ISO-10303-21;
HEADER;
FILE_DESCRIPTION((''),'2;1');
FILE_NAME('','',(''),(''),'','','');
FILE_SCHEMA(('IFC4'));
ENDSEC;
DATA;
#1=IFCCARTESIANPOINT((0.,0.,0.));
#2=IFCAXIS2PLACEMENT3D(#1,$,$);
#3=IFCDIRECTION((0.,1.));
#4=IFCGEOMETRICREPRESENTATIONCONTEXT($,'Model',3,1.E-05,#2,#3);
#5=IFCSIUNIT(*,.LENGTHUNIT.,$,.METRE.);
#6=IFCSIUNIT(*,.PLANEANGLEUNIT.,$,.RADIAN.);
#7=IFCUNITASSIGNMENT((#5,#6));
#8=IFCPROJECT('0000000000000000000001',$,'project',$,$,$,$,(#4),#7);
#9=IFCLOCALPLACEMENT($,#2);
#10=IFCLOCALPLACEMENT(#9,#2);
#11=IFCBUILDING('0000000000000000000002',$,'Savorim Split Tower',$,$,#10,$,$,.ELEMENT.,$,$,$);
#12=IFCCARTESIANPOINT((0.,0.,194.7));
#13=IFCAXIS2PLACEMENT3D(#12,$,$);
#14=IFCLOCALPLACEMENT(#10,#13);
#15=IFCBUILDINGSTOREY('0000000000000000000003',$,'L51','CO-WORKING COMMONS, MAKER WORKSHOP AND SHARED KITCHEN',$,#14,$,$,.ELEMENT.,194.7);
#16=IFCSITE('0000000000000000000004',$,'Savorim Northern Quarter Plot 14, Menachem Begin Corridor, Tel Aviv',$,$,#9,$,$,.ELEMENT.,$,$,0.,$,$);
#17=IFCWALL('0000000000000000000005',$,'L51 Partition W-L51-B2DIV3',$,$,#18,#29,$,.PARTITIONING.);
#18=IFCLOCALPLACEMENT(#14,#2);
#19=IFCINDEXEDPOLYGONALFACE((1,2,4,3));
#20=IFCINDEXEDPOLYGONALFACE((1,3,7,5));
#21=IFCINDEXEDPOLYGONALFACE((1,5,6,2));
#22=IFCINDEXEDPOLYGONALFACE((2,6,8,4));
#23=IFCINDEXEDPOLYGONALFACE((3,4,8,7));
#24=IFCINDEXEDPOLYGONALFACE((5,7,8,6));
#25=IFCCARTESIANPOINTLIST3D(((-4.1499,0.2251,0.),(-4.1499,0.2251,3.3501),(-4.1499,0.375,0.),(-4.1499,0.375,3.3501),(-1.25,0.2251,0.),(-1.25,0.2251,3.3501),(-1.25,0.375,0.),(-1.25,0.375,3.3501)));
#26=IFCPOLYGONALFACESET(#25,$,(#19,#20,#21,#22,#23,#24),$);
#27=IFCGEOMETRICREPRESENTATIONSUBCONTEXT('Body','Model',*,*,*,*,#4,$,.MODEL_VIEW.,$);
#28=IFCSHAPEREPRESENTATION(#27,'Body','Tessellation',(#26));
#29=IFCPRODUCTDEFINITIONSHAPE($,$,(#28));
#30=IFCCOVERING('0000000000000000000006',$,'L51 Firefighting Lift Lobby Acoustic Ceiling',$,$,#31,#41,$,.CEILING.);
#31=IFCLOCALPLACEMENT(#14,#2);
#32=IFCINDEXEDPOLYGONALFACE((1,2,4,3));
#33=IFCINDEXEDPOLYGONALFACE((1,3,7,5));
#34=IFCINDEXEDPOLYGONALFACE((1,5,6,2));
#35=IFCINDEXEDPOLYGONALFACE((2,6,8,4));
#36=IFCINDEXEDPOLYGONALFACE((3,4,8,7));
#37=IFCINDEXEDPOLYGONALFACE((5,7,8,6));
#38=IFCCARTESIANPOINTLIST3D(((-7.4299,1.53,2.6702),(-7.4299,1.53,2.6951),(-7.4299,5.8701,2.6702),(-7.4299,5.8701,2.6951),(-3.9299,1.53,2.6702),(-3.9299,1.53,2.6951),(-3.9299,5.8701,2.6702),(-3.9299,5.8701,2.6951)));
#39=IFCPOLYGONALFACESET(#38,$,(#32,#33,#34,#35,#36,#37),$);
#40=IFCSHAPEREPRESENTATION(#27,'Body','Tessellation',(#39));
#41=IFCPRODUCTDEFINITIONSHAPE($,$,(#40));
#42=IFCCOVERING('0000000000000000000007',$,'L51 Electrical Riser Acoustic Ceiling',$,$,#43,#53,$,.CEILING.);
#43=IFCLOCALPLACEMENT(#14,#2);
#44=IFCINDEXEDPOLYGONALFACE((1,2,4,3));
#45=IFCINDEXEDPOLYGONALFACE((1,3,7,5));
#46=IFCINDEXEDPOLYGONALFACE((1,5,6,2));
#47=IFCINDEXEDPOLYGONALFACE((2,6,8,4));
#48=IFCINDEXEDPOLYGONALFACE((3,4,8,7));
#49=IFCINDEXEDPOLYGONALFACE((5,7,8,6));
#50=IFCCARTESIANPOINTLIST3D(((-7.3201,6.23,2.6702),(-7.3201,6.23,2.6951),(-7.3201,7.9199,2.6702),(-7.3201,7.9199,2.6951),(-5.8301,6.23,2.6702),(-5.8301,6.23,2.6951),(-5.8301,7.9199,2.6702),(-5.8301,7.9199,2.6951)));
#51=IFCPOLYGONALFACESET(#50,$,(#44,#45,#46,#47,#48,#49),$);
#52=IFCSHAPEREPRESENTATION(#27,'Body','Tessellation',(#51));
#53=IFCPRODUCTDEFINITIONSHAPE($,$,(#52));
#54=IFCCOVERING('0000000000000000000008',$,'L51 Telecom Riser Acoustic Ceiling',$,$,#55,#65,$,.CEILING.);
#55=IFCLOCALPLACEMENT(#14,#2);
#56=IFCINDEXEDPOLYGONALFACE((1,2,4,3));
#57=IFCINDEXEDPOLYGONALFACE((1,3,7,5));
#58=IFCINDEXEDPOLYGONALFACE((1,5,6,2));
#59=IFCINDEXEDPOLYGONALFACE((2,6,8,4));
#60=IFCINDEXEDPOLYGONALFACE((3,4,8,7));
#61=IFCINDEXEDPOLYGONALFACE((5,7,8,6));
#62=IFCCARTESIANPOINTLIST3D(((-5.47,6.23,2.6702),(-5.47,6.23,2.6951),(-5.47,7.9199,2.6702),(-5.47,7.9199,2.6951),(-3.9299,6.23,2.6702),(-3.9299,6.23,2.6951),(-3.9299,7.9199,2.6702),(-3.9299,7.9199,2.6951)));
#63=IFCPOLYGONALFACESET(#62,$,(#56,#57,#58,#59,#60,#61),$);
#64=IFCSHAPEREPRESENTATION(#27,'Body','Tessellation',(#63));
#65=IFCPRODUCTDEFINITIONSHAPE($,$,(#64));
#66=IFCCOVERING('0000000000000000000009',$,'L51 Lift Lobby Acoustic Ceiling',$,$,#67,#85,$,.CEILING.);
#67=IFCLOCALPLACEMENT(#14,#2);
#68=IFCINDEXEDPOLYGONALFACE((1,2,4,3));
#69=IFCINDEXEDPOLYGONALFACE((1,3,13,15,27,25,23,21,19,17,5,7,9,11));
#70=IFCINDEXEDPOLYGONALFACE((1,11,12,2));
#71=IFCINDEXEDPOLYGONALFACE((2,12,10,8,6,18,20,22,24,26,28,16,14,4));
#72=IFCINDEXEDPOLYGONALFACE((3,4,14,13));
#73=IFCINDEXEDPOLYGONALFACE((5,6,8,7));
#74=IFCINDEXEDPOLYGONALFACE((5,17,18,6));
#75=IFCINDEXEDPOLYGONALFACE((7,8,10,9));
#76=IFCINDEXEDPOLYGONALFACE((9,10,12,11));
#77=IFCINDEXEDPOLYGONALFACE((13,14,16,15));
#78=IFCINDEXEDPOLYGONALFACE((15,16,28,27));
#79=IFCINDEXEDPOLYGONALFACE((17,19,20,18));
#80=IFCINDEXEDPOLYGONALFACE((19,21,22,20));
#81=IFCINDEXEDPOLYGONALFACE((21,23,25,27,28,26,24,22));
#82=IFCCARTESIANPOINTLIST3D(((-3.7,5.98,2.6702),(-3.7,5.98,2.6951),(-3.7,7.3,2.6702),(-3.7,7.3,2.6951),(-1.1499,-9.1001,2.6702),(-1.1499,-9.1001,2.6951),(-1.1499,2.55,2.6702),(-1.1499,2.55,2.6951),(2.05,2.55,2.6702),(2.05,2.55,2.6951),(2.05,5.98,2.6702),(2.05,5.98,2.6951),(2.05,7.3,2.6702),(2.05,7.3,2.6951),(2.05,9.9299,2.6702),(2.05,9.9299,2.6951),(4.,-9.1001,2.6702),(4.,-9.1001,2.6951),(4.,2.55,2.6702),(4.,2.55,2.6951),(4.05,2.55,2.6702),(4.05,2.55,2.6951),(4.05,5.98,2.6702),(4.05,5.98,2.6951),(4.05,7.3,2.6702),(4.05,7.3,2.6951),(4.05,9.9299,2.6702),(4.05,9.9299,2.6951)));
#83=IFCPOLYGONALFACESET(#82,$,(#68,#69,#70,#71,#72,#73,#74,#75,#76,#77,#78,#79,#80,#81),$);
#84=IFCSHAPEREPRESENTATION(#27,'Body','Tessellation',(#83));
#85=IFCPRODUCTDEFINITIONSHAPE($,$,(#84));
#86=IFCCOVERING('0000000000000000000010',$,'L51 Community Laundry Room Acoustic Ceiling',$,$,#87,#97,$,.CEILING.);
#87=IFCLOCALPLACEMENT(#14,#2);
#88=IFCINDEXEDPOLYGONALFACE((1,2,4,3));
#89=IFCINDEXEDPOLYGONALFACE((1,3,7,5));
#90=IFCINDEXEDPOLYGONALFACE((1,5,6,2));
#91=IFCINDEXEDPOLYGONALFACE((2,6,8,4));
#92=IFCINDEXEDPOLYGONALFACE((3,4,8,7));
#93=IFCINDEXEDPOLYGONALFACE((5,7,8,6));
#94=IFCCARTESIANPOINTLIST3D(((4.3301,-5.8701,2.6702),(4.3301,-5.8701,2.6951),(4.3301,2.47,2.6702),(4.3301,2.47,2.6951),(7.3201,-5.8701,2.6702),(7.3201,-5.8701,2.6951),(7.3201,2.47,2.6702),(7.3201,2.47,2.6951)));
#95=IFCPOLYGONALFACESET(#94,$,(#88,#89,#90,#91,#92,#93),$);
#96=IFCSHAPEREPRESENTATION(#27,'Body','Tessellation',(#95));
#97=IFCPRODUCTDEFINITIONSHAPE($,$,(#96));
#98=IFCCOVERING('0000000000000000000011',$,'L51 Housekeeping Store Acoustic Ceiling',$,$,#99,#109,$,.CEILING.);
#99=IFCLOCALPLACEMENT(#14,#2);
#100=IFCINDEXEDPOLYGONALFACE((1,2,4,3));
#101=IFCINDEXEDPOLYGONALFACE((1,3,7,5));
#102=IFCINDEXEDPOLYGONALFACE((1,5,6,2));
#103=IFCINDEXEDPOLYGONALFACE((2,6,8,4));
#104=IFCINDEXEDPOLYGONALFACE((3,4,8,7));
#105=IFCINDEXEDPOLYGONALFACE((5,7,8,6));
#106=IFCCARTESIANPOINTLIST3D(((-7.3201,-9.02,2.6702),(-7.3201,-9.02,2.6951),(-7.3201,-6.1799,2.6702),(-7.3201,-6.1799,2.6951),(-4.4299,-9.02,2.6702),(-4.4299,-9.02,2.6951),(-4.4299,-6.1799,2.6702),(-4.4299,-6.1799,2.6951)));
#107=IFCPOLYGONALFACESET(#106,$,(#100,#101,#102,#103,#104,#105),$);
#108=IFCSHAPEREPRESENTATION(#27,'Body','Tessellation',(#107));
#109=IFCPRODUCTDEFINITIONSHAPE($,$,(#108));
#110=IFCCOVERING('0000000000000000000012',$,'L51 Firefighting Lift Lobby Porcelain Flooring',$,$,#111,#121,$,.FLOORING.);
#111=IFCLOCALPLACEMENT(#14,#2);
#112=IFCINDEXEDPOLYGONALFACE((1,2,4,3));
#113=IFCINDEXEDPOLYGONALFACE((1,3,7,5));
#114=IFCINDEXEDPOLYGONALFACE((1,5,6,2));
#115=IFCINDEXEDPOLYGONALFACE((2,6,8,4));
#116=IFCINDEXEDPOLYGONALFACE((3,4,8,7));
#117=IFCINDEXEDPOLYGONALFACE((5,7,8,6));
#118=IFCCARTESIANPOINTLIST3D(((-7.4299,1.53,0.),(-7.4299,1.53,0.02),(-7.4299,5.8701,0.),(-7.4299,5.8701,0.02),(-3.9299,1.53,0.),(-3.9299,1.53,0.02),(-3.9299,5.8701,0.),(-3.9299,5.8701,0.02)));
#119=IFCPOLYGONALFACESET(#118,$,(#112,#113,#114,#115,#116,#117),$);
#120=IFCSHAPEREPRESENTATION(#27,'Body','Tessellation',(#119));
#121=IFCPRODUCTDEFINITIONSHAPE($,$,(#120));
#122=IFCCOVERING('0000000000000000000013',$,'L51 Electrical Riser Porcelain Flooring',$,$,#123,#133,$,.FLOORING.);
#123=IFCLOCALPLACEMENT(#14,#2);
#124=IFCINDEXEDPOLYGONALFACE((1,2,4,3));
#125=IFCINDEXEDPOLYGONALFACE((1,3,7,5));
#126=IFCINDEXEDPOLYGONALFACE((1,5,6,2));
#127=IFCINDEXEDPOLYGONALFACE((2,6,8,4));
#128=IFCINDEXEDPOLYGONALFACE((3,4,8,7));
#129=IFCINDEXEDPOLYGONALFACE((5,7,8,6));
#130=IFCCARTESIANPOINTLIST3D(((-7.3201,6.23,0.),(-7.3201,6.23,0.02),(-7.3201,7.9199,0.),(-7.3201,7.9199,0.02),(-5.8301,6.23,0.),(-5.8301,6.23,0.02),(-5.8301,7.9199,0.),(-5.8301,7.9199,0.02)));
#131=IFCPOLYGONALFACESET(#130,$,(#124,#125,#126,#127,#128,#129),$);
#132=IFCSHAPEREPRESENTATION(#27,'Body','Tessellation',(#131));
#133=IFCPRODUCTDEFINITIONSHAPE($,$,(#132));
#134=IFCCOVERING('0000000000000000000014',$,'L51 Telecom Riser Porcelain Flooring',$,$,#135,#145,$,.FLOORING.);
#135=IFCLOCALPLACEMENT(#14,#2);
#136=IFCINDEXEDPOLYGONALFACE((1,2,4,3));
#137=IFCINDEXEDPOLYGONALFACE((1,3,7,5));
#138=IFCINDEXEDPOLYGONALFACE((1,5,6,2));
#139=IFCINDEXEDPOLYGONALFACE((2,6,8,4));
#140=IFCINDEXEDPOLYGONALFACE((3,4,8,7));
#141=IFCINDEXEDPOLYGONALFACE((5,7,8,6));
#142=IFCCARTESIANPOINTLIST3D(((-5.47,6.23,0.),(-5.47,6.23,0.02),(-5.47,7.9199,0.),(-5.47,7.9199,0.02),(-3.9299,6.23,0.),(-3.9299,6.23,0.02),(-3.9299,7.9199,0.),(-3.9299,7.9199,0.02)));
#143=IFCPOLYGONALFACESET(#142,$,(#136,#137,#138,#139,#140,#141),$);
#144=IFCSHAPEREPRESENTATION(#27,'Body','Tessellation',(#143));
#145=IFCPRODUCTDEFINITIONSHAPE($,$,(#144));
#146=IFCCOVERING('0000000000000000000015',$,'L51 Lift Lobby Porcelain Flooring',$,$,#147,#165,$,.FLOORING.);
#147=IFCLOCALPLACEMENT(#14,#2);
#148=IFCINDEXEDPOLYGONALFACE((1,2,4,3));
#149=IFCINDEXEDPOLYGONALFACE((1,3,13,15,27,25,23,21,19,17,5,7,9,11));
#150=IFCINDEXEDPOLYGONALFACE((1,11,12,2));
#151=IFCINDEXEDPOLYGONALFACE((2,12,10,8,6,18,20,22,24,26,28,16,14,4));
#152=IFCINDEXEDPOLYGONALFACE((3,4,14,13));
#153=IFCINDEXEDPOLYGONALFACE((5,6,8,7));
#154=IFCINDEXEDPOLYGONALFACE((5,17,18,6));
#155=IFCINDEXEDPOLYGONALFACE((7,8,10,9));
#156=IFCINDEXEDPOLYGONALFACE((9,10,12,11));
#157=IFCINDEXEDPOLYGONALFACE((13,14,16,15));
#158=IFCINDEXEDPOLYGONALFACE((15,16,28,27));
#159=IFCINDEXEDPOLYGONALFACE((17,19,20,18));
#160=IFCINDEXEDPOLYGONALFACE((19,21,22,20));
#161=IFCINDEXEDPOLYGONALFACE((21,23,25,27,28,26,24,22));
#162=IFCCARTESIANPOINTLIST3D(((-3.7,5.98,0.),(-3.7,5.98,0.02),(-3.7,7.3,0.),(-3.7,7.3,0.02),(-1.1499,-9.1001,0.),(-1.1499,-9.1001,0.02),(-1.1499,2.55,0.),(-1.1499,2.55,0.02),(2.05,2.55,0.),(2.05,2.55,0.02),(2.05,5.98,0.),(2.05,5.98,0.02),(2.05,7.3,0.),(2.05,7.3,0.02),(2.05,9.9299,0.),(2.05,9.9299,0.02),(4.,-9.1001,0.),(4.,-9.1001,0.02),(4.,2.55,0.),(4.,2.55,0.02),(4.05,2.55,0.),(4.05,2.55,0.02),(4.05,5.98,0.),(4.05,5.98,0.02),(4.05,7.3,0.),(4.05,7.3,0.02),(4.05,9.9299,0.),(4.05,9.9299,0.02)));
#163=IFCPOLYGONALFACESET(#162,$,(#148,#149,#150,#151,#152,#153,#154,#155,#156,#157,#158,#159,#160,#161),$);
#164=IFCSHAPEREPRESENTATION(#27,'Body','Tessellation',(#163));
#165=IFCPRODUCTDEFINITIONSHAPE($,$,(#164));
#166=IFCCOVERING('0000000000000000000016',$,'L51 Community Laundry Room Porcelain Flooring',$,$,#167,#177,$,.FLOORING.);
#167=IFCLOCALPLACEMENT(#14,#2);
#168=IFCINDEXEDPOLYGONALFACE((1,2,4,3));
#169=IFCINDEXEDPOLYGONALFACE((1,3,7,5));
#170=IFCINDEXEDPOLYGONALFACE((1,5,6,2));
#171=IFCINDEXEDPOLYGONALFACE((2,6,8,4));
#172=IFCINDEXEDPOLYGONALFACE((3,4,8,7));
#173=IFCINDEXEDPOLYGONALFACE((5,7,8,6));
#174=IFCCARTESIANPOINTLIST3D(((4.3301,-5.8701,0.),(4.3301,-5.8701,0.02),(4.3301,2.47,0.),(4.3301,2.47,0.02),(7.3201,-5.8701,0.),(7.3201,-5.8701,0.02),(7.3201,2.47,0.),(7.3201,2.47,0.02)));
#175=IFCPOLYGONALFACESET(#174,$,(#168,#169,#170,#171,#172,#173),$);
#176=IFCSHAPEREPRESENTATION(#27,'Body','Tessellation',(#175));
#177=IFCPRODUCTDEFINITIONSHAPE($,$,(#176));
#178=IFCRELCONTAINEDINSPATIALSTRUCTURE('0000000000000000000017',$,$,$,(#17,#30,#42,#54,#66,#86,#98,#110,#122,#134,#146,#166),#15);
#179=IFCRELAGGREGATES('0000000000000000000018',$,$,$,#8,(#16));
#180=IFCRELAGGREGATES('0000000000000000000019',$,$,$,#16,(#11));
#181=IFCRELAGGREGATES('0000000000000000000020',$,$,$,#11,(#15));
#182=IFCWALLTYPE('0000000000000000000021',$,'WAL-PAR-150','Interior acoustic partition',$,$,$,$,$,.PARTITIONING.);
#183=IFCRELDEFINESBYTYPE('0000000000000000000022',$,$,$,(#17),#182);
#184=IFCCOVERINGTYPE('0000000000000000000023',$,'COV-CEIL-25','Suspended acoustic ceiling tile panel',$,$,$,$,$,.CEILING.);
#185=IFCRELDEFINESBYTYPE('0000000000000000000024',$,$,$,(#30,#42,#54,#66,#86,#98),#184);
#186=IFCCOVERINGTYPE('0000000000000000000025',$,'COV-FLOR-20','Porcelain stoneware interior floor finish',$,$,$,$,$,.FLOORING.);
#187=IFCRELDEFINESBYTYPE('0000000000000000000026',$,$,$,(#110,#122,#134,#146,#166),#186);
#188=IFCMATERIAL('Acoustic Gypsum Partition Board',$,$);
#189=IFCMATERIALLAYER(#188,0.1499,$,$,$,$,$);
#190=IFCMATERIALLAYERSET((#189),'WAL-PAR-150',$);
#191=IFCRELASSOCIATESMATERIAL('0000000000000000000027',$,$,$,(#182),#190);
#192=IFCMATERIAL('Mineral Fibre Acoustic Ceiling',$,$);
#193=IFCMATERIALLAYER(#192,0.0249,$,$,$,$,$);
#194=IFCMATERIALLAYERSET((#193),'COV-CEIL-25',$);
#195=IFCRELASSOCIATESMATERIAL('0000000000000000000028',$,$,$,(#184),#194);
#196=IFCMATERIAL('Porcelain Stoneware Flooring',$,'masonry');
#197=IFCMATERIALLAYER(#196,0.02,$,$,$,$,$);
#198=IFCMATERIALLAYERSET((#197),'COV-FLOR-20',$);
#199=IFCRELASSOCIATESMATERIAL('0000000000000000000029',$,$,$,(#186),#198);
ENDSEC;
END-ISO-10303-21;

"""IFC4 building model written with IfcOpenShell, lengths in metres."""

from ifc_helpers import new_model, si_unit, direction, frame, frame_2d, origin, place, context, subcontext, project, spatial, polyline, rectangle, outline, extrude, material, layer, layer_set, type_object, element, save


model = new_model("IFC4")

# Units and contexts
model_context = context("Model", 3, precision=1e-05, world=origin(), true_north=direction((0.0, 1.0)))
body_context = subcontext(model_context, "Body", "Model", "MODEL_VIEW")
ifc_project = project(units=[si_unit("LENGTHUNIT", "METRE"), si_unit("PLANEANGLEUNIT", "RADIAN")], contexts=[model_context])

# Site, building, storey
site_placement = place(None, origin())
site = spatial("IfcSite", under=ifc_project, at=site_placement, Name="Savorim Northern Quarter Plot 14, Menachem Begin Corridor, Tel Aviv", CompositionType="ELEMENT", RefElevation=0.0)
building_placement = place(site_placement, origin())
building = spatial("IfcBuilding", under=site, at=building_placement, Name="Savorim Split Tower", CompositionType="ELEMENT")
storey_placement = place(building_placement, frame((0.0, 0.0, 194.7)))
storey = spatial("IfcBuildingStorey", under=building, at=storey_placement, Name="L51", Description="CO-WORKING COMMONS, MAKER WORKSHOP AND SHARED KITCHEN", CompositionType="ELEMENT", Elevation=194.7)

# Wall
ifc_material_1 = material(Name="Acoustic Gypsum Partition Board")
ifc_layer_1 = layer(ifc_material_1, 0.1499)
ifc_layer_set_1 = layer_set([ifc_layer_1], Name="WAL-PAR-150")
wall_type_1 = type_object("IfcWallType", Name="WAL-PAR-150", Description="Interior acoustic partition", PredefinedType="PARTITIONING", material=ifc_layer_set_1)
for number, where, z_axis, x_axis, name in (
    (1, (-4.1499, 0.3, 0.0), (0.0, 0.0, 1.0), (1.0, 0.0, 0.0), "L51 Partition W-L51-B2DIV3"),
):
    element("IfcWall", number, at=place(storey_placement, frame(where, z_axis=z_axis, x_axis=x_axis)), inside=storey, type_object=wall_type_1, Name=name, PredefinedType="PARTITIONING", context=body_context, shape_type="SweptSolid", body=[
        extrude(rectangle(XDim=2.8999, YDim=0.1499, at=frame_2d((1.45, 0.0))), origin(), (0.0, 0.0, 1.0), 3.3501),
    ])

# Coverings
ifc_material_2 = material(Name="Mineral Fibre Acoustic Ceiling")
ifc_layer_2 = layer(ifc_material_2, 0.0249)
ifc_layer_set_2 = layer_set([ifc_layer_2], Name="COV-CEIL-25")
covering_type_1 = type_object("IfcCoveringType", Name="COV-CEIL-25", Description="Suspended acoustic ceiling tile panel", PredefinedType="CEILING", material=ifc_layer_set_2)
covering_1_placement = place(storey_placement, frame((0.0, 0.0, 2.6702)))
element("IfcCovering", 2, at=covering_1_placement, inside=storey, type_object=covering_type_1, Name="L51 Firefighting Lift Lobby Acoustic Ceiling", PredefinedType="CEILING", context=body_context, shape_type="SweptSolid", body=[
    extrude(outline(polyline([(-7.4299, 5.8701), (-7.4299, 1.53), (-3.9299, 1.53), (-3.9299, 5.8701), (-7.4299, 5.8701)])), origin(), (0.0, 0.0, 1.0), 0.0249),
])
covering_2_placement = place(storey_placement, frame((0.0, 0.0, 2.6702)))
element("IfcCovering", 3, at=covering_2_placement, inside=storey, type_object=covering_type_1, Name="L51 Electrical Riser Acoustic Ceiling", PredefinedType="CEILING", context=body_context, shape_type="SweptSolid", body=[
    extrude(outline(polyline([(-7.3201, 7.9199), (-7.3201, 6.23), (-5.8301, 6.23), (-5.8301, 7.9199), (-7.3201, 7.9199)])), origin(), (0.0, 0.0, 1.0), 0.0249),
])
covering_3_placement = place(storey_placement, frame((0.0, 0.0, 2.6702)))
element("IfcCovering", 4, at=covering_3_placement, inside=storey, type_object=covering_type_1, Name="L51 Telecom Riser Acoustic Ceiling", PredefinedType="CEILING", context=body_context, shape_type="SweptSolid", body=[
    extrude(outline(polyline([(-5.47, 7.9199), (-5.47, 6.23), (-3.9299, 6.23), (-3.9299, 7.9199), (-5.47, 7.9199)])), origin(), (0.0, 0.0, 1.0), 0.0249),
])
covering_4_placement = place(storey_placement, frame((0.0, 0.0, 2.6702)))
element("IfcCovering", 5, at=covering_4_placement, inside=storey, type_object=covering_type_1, Name="L51 Lift Lobby Acoustic Ceiling", PredefinedType="CEILING", context=body_context, shape_type="SweptSolid", body=[
    extrude(outline(polyline([(2.05, 2.55), (-1.1499, 2.55), (-1.1499, -9.1001), (4.0, -9.1001), (4.0, 2.55), (4.05, 2.55), (4.05, 5.98), (4.05, 7.3), (4.05, 9.9299), (2.05, 9.9299), (2.05, 7.3), (-3.7, 7.3), (-3.7, 5.98), (2.05, 5.98), (2.05, 2.55)])), origin(), (0.0, 0.0, 1.0), 0.0249),
])
covering_5_placement = place(storey_placement, frame((0.0, 0.0, 2.6702)))
element("IfcCovering", 6, at=covering_5_placement, inside=storey, type_object=covering_type_1, Name="L51 Community Laundry Room Acoustic Ceiling", PredefinedType="CEILING", context=body_context, shape_type="SweptSolid", body=[
    extrude(outline(polyline([(4.3301, 2.47), (4.3301, -5.8701), (7.3201, -5.8701), (7.3201, 2.47), (4.3301, 2.47)])), origin(), (0.0, 0.0, 1.0), 0.0249),
])
covering_6_placement = place(storey_placement, frame((0.0, 0.0, 2.6702)))
element("IfcCovering", 7, at=covering_6_placement, inside=storey, type_object=covering_type_1, Name="L51 Housekeeping Store Acoustic Ceiling", PredefinedType="CEILING", context=body_context, shape_type="SweptSolid", body=[
    extrude(outline(polyline([(-7.3201, -6.1799), (-7.3201, -9.02), (-4.4299, -9.02), (-4.4299, -6.1799), (-7.3201, -6.1799)])), origin(), (0.0, 0.0, 1.0), 0.0249),
])
ifc_material_3 = material(Name="Porcelain Stoneware Flooring", Category="masonry")
ifc_layer_3 = layer(ifc_material_3, 0.02)
ifc_layer_set_3 = layer_set([ifc_layer_3], Name="COV-FLOR-20")
covering_type_2 = type_object("IfcCoveringType", Name="COV-FLOR-20", Description="Porcelain stoneware interior floor finish", PredefinedType="FLOORING", material=ifc_layer_set_3)
covering_7_placement = place(storey_placement, origin())
element("IfcCovering", 8, at=covering_7_placement, inside=storey, type_object=covering_type_2, Name="L51 Firefighting Lift Lobby Porcelain Flooring", PredefinedType="FLOORING", context=body_context, shape_type="SweptSolid", body=[
    extrude(outline(polyline([(-7.4299, 5.8701), (-7.4299, 1.53), (-3.9299, 1.53), (-3.9299, 5.8701), (-7.4299, 5.8701)])), origin(), (0.0, 0.0, 1.0), 0.02),
])
covering_8_placement = place(storey_placement, origin())
element("IfcCovering", 9, at=covering_8_placement, inside=storey, type_object=covering_type_2, Name="L51 Electrical Riser Porcelain Flooring", PredefinedType="FLOORING", context=body_context, shape_type="SweptSolid", body=[
    extrude(outline(polyline([(-7.3201, 7.9199), (-7.3201, 6.23), (-5.8301, 6.23), (-5.8301, 7.9199), (-7.3201, 7.9199)])), origin(), (0.0, 0.0, 1.0), 0.02),
])
covering_9_placement = place(storey_placement, origin())
element("IfcCovering", 10, at=covering_9_placement, inside=storey, type_object=covering_type_2, Name="L51 Telecom Riser Porcelain Flooring", PredefinedType="FLOORING", context=body_context, shape_type="SweptSolid", body=[
    extrude(outline(polyline([(-5.47, 7.9199), (-5.47, 6.23), (-3.9299, 6.23), (-3.9299, 7.9199), (-5.47, 7.9199)])), origin(), (0.0, 0.0, 1.0), 0.02),
])
covering_10_placement = place(storey_placement, origin())
element("IfcCovering", 11, at=covering_10_placement, inside=storey, type_object=covering_type_2, Name="L51 Lift Lobby Porcelain Flooring", PredefinedType="FLOORING", context=body_context, shape_type="SweptSolid", body=[
    extrude(outline(polyline([(2.05, 2.55), (-1.1499, 2.55), (-1.1499, -9.1001), (4.0, -9.1001), (4.0, 2.55), (4.05, 2.55), (4.05, 5.98), (4.05, 7.3), (4.05, 9.9299), (2.05, 9.9299), (2.05, 7.3), (-3.7, 7.3), (-3.7, 5.98), (2.05, 5.98), (2.05, 2.55)])), origin(), (0.0, 0.0, 1.0), 0.02),
])
covering_11_placement = place(storey_placement, origin())
element("IfcCovering", 12, at=covering_11_placement, inside=storey, type_object=covering_type_2, Name="L51 Community Laundry Room Porcelain Flooring", PredefinedType="FLOORING", context=body_context, shape_type="SweptSolid", body=[
    extrude(outline(polyline([(4.3301, 2.47), (4.3301, -5.8701), (7.3201, -5.8701), (7.3201, 2.47), (4.3301, 2.47)])), origin(), (0.0, 0.0, 1.0), 0.02),
])

save(model, "model.ifc")
